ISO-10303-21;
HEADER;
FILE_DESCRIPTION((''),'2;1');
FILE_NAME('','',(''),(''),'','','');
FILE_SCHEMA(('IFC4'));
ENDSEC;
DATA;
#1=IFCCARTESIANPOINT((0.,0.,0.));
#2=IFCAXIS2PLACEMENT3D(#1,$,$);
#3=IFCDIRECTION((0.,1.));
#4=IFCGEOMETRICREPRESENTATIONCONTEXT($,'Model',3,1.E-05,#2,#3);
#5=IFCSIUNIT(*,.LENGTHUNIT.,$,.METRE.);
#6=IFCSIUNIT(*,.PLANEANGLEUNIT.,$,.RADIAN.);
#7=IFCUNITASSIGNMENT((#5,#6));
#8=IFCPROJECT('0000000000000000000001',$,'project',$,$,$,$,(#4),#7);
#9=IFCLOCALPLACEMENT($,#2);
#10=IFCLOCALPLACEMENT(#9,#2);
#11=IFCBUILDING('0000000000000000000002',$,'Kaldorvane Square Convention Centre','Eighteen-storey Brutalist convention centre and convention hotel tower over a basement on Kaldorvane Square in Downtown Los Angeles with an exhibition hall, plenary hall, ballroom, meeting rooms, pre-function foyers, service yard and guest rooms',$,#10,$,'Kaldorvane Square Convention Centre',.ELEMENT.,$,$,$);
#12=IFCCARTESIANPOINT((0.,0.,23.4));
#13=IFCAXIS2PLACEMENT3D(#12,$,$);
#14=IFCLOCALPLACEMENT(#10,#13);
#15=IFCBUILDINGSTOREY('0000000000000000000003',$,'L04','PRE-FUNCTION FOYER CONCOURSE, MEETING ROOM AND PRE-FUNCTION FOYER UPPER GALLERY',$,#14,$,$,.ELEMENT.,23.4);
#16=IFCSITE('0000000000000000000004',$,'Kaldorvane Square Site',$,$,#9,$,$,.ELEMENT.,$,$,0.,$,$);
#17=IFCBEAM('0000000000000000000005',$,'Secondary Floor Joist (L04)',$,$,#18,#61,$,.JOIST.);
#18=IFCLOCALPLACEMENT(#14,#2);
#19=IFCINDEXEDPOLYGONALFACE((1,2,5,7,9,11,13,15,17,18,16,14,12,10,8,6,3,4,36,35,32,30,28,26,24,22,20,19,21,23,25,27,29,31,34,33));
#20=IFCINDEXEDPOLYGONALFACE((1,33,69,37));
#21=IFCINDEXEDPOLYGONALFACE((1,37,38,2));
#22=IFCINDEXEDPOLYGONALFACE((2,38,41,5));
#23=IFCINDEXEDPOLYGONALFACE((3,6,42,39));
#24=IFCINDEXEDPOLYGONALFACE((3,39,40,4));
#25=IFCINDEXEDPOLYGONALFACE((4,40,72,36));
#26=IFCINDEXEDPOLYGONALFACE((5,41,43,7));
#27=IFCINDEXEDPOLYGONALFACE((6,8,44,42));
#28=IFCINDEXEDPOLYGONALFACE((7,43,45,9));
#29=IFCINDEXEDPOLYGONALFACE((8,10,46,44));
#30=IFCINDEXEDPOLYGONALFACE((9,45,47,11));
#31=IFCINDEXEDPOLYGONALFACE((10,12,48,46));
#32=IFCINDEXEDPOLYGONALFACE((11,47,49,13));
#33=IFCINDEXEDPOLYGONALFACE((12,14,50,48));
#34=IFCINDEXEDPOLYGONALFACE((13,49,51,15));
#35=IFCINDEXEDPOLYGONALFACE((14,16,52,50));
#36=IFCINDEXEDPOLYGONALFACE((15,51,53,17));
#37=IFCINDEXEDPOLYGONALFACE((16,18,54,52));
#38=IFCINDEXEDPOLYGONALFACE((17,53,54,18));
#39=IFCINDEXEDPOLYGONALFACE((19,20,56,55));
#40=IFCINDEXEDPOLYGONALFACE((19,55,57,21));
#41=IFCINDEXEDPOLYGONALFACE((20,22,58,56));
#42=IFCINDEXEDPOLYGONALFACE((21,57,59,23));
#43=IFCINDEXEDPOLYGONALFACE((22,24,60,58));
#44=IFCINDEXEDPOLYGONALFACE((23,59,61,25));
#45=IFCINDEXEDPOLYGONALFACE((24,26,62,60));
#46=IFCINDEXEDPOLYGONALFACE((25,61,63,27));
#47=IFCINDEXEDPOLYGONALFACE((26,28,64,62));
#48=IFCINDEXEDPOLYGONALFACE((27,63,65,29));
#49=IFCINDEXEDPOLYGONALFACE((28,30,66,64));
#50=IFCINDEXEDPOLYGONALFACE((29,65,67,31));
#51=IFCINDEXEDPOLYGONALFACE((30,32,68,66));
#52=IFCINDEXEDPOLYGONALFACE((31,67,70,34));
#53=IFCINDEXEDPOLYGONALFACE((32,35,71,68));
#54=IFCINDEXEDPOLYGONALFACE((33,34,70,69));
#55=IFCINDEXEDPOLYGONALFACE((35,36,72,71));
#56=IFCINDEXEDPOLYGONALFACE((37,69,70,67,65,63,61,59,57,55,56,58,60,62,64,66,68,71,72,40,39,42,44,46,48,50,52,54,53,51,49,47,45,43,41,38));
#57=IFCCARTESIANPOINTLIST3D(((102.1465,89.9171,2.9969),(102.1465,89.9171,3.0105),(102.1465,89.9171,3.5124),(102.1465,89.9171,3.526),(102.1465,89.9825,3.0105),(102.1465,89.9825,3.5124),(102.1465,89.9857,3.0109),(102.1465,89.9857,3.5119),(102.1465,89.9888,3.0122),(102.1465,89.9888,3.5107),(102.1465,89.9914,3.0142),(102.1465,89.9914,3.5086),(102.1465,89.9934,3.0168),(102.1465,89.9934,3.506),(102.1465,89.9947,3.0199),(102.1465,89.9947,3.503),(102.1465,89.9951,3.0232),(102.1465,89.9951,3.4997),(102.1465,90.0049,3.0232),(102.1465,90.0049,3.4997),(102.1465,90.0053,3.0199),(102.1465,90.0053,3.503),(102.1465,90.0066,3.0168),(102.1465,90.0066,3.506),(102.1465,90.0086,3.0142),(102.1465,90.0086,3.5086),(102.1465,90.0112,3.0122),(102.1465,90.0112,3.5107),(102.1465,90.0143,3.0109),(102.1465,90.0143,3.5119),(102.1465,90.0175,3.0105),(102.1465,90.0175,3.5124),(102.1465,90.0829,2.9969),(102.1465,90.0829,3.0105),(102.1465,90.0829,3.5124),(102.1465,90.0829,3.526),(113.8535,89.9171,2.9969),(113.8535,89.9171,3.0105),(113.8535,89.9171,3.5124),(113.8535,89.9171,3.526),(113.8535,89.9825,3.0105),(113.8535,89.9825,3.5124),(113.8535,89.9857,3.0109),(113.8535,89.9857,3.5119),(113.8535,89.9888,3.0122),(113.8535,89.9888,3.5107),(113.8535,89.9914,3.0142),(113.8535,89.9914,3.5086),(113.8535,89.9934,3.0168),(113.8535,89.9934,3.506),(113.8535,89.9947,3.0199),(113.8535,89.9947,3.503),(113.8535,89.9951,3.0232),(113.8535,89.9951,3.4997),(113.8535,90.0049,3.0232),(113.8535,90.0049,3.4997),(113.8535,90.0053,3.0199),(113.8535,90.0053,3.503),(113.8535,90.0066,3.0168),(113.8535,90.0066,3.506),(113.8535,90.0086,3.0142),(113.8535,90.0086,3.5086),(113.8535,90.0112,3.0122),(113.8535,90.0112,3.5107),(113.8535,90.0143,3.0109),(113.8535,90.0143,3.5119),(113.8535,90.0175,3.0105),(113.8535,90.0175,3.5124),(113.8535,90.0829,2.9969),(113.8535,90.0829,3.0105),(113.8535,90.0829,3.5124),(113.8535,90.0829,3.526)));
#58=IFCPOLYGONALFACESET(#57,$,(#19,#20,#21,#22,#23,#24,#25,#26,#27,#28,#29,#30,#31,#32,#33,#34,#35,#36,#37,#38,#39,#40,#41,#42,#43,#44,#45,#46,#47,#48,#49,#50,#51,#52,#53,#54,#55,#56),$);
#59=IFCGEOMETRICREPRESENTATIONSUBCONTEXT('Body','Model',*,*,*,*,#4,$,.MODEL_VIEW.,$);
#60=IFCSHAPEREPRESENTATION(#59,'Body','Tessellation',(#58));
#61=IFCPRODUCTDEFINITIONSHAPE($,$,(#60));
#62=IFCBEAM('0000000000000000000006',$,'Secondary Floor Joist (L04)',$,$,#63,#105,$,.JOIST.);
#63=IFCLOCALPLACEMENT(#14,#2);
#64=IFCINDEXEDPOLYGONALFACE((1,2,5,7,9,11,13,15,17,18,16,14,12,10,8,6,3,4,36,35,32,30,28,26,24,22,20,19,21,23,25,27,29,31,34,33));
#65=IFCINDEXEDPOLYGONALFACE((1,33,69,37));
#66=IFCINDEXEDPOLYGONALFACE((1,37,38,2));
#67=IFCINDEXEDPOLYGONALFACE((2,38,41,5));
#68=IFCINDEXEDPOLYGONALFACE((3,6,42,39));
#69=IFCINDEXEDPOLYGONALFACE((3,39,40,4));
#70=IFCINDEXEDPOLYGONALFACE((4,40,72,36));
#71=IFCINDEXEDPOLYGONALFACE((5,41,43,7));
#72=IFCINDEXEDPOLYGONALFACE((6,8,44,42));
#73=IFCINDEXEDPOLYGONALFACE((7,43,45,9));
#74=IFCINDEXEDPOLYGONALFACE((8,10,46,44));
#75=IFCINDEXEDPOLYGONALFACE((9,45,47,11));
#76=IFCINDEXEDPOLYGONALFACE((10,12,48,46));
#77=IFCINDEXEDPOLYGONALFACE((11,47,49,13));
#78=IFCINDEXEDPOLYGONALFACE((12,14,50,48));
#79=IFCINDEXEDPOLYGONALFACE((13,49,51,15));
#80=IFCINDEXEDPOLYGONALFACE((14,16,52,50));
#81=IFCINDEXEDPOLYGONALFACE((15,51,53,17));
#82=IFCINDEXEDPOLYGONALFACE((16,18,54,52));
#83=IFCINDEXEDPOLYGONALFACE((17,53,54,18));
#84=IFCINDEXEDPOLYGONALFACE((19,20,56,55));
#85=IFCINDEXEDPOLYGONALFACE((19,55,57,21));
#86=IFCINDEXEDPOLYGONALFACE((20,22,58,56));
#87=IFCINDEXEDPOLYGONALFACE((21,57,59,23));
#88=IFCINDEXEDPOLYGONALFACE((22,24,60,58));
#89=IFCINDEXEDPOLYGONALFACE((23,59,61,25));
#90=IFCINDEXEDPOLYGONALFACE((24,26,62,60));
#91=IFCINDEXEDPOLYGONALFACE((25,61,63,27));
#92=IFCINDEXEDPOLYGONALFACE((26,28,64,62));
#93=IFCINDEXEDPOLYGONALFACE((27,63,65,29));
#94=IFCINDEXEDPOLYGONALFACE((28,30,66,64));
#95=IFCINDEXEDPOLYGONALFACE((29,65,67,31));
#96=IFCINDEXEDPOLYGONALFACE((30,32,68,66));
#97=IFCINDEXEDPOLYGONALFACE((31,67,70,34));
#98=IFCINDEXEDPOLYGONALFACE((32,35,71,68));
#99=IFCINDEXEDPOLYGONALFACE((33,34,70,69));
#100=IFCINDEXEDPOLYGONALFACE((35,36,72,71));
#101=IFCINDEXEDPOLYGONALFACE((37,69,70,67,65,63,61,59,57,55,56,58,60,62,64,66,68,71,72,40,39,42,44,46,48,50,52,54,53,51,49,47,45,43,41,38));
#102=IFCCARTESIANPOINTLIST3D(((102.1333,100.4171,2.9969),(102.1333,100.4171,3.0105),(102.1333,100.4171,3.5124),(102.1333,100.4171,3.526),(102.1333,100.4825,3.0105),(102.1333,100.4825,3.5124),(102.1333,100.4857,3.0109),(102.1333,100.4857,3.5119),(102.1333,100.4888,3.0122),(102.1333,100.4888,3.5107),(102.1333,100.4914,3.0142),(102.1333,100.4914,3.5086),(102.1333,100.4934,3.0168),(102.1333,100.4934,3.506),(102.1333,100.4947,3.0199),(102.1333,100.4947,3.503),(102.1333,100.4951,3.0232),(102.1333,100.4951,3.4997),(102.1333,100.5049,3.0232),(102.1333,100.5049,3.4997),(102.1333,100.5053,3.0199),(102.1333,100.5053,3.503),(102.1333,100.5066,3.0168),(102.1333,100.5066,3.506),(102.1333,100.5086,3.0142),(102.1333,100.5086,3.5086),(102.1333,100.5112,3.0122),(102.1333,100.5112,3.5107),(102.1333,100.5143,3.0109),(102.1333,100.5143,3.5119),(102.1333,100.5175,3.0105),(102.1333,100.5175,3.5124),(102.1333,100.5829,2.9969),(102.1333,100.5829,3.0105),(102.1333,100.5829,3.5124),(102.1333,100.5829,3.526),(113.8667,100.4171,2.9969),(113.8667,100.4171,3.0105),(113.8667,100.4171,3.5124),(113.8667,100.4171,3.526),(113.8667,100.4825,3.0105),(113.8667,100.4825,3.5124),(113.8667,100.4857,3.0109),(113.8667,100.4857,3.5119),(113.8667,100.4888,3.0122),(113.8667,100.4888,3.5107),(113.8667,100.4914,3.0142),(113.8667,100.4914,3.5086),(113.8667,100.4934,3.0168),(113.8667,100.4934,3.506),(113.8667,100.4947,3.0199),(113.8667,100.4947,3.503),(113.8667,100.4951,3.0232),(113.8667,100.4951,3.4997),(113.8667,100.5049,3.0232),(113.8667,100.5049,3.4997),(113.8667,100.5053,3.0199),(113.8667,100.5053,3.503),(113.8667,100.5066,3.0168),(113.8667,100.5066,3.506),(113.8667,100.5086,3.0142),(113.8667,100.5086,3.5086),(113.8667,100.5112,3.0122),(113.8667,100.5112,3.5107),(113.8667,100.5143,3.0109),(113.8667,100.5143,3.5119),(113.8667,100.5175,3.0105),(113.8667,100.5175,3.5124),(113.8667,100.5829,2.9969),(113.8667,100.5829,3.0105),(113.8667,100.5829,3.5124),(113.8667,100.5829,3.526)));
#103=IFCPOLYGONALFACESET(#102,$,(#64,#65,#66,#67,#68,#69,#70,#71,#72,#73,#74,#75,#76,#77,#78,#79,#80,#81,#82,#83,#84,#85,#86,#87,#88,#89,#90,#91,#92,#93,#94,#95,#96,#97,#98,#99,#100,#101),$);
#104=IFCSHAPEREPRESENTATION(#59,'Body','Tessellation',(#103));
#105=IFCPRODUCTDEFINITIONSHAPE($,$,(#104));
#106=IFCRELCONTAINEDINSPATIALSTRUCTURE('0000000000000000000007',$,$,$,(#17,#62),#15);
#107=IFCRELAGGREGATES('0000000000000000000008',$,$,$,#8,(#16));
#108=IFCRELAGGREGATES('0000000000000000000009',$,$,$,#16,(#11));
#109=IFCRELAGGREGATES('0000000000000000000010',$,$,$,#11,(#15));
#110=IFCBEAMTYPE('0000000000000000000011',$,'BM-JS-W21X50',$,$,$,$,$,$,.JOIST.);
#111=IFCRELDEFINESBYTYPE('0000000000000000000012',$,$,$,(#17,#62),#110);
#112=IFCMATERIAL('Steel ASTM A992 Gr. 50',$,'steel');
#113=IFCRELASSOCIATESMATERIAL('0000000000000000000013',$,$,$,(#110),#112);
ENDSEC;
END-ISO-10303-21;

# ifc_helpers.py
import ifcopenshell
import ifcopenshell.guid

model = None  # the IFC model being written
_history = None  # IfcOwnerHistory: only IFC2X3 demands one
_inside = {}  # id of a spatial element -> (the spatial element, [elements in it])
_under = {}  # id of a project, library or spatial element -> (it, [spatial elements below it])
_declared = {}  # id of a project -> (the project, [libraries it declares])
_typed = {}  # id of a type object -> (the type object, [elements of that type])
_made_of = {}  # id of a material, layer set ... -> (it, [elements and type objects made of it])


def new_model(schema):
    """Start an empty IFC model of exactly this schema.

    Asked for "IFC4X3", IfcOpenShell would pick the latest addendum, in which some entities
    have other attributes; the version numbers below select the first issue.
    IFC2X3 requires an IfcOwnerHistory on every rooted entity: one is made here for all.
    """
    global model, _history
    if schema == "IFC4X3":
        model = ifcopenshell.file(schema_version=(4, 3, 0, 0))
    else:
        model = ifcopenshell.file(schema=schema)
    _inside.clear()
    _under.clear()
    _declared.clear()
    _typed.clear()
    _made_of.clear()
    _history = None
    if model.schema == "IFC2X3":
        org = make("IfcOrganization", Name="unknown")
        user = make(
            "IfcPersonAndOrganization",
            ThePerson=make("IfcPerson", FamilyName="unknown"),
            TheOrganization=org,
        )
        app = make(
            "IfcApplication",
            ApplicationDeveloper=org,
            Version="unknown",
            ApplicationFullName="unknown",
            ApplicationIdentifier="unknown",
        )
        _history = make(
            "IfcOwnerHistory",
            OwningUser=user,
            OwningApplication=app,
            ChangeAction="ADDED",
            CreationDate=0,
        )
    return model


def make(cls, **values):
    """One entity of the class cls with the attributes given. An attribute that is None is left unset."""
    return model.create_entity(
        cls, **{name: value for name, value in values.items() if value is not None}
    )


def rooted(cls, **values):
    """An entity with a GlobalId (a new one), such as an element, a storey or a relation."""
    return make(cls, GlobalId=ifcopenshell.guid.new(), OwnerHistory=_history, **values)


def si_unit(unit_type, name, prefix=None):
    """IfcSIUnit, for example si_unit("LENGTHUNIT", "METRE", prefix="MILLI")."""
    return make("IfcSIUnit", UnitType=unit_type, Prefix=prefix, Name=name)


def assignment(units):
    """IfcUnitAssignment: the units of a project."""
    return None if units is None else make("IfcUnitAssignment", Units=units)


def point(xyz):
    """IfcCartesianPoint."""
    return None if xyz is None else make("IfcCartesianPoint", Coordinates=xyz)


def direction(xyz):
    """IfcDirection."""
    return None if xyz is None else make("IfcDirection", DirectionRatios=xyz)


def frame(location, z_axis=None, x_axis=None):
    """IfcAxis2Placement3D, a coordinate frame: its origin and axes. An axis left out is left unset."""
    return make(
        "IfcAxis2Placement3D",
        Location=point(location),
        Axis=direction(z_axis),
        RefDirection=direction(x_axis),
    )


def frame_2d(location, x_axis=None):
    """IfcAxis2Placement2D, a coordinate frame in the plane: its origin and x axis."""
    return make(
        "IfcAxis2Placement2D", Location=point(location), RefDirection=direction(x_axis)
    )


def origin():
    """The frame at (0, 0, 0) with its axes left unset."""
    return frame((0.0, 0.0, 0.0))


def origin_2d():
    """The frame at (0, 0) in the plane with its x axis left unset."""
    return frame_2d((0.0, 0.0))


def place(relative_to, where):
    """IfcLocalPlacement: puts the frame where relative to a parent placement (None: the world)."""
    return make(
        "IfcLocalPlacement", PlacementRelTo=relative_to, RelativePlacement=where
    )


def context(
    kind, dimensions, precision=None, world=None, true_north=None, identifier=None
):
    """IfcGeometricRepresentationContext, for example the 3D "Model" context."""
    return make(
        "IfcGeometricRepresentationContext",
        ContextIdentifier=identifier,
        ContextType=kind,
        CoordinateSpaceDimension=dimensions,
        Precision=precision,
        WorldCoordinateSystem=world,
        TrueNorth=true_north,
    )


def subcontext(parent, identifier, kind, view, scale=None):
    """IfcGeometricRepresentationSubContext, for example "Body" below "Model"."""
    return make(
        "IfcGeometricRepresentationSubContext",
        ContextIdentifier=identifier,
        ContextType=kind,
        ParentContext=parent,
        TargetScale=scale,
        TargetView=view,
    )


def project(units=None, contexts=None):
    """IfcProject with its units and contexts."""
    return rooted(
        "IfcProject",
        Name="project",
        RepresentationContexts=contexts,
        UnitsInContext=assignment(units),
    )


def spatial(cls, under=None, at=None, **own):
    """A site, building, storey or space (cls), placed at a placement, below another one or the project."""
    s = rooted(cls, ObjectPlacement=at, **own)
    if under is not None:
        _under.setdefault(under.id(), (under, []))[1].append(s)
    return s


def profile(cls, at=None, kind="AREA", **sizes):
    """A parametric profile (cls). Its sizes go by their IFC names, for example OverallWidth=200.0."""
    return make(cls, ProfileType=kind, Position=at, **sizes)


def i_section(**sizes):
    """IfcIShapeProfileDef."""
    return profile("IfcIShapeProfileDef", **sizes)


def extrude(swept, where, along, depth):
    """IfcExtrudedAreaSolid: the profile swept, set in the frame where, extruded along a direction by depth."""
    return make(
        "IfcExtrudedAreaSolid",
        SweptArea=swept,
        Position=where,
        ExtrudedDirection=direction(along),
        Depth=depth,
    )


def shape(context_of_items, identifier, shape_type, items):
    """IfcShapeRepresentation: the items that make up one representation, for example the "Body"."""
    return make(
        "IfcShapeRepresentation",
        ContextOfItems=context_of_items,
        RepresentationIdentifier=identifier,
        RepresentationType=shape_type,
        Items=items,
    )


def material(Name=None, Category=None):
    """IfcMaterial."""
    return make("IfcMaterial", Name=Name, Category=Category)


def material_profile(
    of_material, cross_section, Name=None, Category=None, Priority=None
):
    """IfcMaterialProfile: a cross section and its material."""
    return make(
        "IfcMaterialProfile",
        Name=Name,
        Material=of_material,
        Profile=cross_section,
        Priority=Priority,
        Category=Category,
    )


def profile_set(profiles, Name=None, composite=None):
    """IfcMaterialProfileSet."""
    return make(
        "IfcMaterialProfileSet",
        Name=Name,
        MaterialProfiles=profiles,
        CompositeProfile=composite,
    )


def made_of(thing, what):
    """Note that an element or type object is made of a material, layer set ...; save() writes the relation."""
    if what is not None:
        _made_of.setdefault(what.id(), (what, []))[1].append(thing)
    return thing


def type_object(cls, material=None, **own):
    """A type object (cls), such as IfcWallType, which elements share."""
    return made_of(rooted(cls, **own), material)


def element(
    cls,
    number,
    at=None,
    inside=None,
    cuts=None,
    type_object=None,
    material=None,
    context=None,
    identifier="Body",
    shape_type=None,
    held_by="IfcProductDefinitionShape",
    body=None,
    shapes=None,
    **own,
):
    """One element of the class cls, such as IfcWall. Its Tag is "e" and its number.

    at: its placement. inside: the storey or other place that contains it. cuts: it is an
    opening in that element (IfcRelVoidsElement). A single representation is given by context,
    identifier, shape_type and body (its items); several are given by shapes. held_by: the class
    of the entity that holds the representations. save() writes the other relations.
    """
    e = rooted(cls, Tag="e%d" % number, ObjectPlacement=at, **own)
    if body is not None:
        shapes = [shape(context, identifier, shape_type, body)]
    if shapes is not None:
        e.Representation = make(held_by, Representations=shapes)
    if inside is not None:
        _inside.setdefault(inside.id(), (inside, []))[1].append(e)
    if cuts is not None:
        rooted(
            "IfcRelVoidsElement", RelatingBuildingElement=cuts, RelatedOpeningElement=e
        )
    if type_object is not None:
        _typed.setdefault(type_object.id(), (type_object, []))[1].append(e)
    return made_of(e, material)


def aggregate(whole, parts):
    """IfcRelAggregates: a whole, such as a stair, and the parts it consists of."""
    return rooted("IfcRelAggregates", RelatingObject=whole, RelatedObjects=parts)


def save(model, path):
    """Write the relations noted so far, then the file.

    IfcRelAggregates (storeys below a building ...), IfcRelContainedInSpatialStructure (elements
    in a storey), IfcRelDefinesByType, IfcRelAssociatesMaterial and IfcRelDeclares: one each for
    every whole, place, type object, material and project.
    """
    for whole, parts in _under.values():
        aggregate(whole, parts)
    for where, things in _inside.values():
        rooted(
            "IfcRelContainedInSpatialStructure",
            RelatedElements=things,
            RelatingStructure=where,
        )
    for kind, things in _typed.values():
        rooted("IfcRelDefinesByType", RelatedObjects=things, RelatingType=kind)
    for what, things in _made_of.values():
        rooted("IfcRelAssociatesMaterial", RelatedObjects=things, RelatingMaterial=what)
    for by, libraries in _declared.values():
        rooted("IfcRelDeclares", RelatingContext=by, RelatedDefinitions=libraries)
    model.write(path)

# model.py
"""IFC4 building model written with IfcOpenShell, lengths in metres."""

from ifc_helpers import new_model, si_unit, direction, frame, origin, origin_2d, place, context, subcontext, project, spatial, i_section, extrude, material, material_profile, profile_set, type_object, element, save


model = new_model("IFC4")

# Units and contexts
model_context = context("Model", 3, precision=1e-05, world=origin(), true_north=direction((0.0, 1.0)))
body_context = subcontext(model_context, "Body", "Model", "MODEL_VIEW")
ifc_project = project(units=[si_unit("LENGTHUNIT", "METRE"), si_unit("PLANEANGLEUNIT", "RADIAN")], contexts=[model_context])

# Site, building, storey
site_placement = place(None, origin())
site = spatial("IfcSite", under=ifc_project, at=site_placement, Name="Kaldorvane Square Site", CompositionType="ELEMENT", RefElevation=0.0)
building_placement = place(site_placement, origin())
building = spatial("IfcBuilding", under=site, at=building_placement, Name="Kaldorvane Square Convention Centre", Description="Eighteen-storey Brutalist convention centre and convention hotel tower over a basement on Kaldorvane Square in Downtown Los Angeles with an exhibition hall, plenary hall, ballroom, meeting rooms, pre-function foyers, service yard and guest rooms", LongName="Kaldorvane Square Convention Centre", CompositionType="ELEMENT")
storey_placement = place(building_placement, frame((0.0, 0.0, 23.4)))
storey = spatial("IfcBuildingStorey", under=building, at=storey_placement, Name="L04", Description="PRE-FUNCTION FOYER CONCOURSE, MEETING ROOM AND PRE-FUNCTION FOYER UPPER GALLERY", CompositionType="ELEMENT", Elevation=23.4)

# Shared definitions
ifc_material = material(Name="Steel ASTM A992 Gr. 50", Category="steel")

# Beams
ifc_material_profile_1 = material_profile(ifc_material, i_section(OverallWidth=0.1659, OverallDepth=0.5291, WebThickness=0.0097, FlangeThickness=0.0136, FilletRadius=0.0127, at=origin_2d()), Name="W21X50")
ifc_profile_set_1 = profile_set([ifc_material_profile_1], Name="Steel ASTM A992 Gr. 50")
beam_type_1 = type_object("IfcBeamType", Name="BM-JS-W21X50", PredefinedType="JOIST", material=ifc_profile_set_1)
beam_1_placement = place(storey_placement, frame((102.1465, 90.0, 3.2614), z_axis=(1.0, 0.0, 0.0), x_axis=(0.0, 1.0, 0.0)))
element("IfcBeam", 1, at=beam_1_placement, inside=storey, type_object=beam_type_1, Name="Secondary Floor Joist (L04)", PredefinedType="JOIST", context=body_context, shape_type="SweptSolid", body=[
    extrude(i_section(OverallWidth=0.1659, OverallDepth=0.5291, WebThickness=0.0097, FlangeThickness=0.0136, FilletRadius=0.0127, at=origin_2d()), origin(), (0.0, 0.0, 1.0), 11.707),
])
beam_2_placement = place(storey_placement, frame((102.1333, 100.5, 3.2614), z_axis=(1.0, 0.0, 0.0), x_axis=(0.0, 1.0, 0.0)))
element("IfcBeam", 2, at=beam_2_placement, inside=storey, type_object=beam_type_1, Name="Secondary Floor Joist (L04)", PredefinedType="JOIST", context=body_context, shape_type="SweptSolid", body=[
    extrude(i_section(OverallWidth=0.1659, OverallDepth=0.5291, WebThickness=0.0097, FlangeThickness=0.0136, FilletRadius=0.0127, at=origin_2d()), origin(), (0.0, 0.0, 1.0), 11.7334),
])

save(model, "model.ifc")
